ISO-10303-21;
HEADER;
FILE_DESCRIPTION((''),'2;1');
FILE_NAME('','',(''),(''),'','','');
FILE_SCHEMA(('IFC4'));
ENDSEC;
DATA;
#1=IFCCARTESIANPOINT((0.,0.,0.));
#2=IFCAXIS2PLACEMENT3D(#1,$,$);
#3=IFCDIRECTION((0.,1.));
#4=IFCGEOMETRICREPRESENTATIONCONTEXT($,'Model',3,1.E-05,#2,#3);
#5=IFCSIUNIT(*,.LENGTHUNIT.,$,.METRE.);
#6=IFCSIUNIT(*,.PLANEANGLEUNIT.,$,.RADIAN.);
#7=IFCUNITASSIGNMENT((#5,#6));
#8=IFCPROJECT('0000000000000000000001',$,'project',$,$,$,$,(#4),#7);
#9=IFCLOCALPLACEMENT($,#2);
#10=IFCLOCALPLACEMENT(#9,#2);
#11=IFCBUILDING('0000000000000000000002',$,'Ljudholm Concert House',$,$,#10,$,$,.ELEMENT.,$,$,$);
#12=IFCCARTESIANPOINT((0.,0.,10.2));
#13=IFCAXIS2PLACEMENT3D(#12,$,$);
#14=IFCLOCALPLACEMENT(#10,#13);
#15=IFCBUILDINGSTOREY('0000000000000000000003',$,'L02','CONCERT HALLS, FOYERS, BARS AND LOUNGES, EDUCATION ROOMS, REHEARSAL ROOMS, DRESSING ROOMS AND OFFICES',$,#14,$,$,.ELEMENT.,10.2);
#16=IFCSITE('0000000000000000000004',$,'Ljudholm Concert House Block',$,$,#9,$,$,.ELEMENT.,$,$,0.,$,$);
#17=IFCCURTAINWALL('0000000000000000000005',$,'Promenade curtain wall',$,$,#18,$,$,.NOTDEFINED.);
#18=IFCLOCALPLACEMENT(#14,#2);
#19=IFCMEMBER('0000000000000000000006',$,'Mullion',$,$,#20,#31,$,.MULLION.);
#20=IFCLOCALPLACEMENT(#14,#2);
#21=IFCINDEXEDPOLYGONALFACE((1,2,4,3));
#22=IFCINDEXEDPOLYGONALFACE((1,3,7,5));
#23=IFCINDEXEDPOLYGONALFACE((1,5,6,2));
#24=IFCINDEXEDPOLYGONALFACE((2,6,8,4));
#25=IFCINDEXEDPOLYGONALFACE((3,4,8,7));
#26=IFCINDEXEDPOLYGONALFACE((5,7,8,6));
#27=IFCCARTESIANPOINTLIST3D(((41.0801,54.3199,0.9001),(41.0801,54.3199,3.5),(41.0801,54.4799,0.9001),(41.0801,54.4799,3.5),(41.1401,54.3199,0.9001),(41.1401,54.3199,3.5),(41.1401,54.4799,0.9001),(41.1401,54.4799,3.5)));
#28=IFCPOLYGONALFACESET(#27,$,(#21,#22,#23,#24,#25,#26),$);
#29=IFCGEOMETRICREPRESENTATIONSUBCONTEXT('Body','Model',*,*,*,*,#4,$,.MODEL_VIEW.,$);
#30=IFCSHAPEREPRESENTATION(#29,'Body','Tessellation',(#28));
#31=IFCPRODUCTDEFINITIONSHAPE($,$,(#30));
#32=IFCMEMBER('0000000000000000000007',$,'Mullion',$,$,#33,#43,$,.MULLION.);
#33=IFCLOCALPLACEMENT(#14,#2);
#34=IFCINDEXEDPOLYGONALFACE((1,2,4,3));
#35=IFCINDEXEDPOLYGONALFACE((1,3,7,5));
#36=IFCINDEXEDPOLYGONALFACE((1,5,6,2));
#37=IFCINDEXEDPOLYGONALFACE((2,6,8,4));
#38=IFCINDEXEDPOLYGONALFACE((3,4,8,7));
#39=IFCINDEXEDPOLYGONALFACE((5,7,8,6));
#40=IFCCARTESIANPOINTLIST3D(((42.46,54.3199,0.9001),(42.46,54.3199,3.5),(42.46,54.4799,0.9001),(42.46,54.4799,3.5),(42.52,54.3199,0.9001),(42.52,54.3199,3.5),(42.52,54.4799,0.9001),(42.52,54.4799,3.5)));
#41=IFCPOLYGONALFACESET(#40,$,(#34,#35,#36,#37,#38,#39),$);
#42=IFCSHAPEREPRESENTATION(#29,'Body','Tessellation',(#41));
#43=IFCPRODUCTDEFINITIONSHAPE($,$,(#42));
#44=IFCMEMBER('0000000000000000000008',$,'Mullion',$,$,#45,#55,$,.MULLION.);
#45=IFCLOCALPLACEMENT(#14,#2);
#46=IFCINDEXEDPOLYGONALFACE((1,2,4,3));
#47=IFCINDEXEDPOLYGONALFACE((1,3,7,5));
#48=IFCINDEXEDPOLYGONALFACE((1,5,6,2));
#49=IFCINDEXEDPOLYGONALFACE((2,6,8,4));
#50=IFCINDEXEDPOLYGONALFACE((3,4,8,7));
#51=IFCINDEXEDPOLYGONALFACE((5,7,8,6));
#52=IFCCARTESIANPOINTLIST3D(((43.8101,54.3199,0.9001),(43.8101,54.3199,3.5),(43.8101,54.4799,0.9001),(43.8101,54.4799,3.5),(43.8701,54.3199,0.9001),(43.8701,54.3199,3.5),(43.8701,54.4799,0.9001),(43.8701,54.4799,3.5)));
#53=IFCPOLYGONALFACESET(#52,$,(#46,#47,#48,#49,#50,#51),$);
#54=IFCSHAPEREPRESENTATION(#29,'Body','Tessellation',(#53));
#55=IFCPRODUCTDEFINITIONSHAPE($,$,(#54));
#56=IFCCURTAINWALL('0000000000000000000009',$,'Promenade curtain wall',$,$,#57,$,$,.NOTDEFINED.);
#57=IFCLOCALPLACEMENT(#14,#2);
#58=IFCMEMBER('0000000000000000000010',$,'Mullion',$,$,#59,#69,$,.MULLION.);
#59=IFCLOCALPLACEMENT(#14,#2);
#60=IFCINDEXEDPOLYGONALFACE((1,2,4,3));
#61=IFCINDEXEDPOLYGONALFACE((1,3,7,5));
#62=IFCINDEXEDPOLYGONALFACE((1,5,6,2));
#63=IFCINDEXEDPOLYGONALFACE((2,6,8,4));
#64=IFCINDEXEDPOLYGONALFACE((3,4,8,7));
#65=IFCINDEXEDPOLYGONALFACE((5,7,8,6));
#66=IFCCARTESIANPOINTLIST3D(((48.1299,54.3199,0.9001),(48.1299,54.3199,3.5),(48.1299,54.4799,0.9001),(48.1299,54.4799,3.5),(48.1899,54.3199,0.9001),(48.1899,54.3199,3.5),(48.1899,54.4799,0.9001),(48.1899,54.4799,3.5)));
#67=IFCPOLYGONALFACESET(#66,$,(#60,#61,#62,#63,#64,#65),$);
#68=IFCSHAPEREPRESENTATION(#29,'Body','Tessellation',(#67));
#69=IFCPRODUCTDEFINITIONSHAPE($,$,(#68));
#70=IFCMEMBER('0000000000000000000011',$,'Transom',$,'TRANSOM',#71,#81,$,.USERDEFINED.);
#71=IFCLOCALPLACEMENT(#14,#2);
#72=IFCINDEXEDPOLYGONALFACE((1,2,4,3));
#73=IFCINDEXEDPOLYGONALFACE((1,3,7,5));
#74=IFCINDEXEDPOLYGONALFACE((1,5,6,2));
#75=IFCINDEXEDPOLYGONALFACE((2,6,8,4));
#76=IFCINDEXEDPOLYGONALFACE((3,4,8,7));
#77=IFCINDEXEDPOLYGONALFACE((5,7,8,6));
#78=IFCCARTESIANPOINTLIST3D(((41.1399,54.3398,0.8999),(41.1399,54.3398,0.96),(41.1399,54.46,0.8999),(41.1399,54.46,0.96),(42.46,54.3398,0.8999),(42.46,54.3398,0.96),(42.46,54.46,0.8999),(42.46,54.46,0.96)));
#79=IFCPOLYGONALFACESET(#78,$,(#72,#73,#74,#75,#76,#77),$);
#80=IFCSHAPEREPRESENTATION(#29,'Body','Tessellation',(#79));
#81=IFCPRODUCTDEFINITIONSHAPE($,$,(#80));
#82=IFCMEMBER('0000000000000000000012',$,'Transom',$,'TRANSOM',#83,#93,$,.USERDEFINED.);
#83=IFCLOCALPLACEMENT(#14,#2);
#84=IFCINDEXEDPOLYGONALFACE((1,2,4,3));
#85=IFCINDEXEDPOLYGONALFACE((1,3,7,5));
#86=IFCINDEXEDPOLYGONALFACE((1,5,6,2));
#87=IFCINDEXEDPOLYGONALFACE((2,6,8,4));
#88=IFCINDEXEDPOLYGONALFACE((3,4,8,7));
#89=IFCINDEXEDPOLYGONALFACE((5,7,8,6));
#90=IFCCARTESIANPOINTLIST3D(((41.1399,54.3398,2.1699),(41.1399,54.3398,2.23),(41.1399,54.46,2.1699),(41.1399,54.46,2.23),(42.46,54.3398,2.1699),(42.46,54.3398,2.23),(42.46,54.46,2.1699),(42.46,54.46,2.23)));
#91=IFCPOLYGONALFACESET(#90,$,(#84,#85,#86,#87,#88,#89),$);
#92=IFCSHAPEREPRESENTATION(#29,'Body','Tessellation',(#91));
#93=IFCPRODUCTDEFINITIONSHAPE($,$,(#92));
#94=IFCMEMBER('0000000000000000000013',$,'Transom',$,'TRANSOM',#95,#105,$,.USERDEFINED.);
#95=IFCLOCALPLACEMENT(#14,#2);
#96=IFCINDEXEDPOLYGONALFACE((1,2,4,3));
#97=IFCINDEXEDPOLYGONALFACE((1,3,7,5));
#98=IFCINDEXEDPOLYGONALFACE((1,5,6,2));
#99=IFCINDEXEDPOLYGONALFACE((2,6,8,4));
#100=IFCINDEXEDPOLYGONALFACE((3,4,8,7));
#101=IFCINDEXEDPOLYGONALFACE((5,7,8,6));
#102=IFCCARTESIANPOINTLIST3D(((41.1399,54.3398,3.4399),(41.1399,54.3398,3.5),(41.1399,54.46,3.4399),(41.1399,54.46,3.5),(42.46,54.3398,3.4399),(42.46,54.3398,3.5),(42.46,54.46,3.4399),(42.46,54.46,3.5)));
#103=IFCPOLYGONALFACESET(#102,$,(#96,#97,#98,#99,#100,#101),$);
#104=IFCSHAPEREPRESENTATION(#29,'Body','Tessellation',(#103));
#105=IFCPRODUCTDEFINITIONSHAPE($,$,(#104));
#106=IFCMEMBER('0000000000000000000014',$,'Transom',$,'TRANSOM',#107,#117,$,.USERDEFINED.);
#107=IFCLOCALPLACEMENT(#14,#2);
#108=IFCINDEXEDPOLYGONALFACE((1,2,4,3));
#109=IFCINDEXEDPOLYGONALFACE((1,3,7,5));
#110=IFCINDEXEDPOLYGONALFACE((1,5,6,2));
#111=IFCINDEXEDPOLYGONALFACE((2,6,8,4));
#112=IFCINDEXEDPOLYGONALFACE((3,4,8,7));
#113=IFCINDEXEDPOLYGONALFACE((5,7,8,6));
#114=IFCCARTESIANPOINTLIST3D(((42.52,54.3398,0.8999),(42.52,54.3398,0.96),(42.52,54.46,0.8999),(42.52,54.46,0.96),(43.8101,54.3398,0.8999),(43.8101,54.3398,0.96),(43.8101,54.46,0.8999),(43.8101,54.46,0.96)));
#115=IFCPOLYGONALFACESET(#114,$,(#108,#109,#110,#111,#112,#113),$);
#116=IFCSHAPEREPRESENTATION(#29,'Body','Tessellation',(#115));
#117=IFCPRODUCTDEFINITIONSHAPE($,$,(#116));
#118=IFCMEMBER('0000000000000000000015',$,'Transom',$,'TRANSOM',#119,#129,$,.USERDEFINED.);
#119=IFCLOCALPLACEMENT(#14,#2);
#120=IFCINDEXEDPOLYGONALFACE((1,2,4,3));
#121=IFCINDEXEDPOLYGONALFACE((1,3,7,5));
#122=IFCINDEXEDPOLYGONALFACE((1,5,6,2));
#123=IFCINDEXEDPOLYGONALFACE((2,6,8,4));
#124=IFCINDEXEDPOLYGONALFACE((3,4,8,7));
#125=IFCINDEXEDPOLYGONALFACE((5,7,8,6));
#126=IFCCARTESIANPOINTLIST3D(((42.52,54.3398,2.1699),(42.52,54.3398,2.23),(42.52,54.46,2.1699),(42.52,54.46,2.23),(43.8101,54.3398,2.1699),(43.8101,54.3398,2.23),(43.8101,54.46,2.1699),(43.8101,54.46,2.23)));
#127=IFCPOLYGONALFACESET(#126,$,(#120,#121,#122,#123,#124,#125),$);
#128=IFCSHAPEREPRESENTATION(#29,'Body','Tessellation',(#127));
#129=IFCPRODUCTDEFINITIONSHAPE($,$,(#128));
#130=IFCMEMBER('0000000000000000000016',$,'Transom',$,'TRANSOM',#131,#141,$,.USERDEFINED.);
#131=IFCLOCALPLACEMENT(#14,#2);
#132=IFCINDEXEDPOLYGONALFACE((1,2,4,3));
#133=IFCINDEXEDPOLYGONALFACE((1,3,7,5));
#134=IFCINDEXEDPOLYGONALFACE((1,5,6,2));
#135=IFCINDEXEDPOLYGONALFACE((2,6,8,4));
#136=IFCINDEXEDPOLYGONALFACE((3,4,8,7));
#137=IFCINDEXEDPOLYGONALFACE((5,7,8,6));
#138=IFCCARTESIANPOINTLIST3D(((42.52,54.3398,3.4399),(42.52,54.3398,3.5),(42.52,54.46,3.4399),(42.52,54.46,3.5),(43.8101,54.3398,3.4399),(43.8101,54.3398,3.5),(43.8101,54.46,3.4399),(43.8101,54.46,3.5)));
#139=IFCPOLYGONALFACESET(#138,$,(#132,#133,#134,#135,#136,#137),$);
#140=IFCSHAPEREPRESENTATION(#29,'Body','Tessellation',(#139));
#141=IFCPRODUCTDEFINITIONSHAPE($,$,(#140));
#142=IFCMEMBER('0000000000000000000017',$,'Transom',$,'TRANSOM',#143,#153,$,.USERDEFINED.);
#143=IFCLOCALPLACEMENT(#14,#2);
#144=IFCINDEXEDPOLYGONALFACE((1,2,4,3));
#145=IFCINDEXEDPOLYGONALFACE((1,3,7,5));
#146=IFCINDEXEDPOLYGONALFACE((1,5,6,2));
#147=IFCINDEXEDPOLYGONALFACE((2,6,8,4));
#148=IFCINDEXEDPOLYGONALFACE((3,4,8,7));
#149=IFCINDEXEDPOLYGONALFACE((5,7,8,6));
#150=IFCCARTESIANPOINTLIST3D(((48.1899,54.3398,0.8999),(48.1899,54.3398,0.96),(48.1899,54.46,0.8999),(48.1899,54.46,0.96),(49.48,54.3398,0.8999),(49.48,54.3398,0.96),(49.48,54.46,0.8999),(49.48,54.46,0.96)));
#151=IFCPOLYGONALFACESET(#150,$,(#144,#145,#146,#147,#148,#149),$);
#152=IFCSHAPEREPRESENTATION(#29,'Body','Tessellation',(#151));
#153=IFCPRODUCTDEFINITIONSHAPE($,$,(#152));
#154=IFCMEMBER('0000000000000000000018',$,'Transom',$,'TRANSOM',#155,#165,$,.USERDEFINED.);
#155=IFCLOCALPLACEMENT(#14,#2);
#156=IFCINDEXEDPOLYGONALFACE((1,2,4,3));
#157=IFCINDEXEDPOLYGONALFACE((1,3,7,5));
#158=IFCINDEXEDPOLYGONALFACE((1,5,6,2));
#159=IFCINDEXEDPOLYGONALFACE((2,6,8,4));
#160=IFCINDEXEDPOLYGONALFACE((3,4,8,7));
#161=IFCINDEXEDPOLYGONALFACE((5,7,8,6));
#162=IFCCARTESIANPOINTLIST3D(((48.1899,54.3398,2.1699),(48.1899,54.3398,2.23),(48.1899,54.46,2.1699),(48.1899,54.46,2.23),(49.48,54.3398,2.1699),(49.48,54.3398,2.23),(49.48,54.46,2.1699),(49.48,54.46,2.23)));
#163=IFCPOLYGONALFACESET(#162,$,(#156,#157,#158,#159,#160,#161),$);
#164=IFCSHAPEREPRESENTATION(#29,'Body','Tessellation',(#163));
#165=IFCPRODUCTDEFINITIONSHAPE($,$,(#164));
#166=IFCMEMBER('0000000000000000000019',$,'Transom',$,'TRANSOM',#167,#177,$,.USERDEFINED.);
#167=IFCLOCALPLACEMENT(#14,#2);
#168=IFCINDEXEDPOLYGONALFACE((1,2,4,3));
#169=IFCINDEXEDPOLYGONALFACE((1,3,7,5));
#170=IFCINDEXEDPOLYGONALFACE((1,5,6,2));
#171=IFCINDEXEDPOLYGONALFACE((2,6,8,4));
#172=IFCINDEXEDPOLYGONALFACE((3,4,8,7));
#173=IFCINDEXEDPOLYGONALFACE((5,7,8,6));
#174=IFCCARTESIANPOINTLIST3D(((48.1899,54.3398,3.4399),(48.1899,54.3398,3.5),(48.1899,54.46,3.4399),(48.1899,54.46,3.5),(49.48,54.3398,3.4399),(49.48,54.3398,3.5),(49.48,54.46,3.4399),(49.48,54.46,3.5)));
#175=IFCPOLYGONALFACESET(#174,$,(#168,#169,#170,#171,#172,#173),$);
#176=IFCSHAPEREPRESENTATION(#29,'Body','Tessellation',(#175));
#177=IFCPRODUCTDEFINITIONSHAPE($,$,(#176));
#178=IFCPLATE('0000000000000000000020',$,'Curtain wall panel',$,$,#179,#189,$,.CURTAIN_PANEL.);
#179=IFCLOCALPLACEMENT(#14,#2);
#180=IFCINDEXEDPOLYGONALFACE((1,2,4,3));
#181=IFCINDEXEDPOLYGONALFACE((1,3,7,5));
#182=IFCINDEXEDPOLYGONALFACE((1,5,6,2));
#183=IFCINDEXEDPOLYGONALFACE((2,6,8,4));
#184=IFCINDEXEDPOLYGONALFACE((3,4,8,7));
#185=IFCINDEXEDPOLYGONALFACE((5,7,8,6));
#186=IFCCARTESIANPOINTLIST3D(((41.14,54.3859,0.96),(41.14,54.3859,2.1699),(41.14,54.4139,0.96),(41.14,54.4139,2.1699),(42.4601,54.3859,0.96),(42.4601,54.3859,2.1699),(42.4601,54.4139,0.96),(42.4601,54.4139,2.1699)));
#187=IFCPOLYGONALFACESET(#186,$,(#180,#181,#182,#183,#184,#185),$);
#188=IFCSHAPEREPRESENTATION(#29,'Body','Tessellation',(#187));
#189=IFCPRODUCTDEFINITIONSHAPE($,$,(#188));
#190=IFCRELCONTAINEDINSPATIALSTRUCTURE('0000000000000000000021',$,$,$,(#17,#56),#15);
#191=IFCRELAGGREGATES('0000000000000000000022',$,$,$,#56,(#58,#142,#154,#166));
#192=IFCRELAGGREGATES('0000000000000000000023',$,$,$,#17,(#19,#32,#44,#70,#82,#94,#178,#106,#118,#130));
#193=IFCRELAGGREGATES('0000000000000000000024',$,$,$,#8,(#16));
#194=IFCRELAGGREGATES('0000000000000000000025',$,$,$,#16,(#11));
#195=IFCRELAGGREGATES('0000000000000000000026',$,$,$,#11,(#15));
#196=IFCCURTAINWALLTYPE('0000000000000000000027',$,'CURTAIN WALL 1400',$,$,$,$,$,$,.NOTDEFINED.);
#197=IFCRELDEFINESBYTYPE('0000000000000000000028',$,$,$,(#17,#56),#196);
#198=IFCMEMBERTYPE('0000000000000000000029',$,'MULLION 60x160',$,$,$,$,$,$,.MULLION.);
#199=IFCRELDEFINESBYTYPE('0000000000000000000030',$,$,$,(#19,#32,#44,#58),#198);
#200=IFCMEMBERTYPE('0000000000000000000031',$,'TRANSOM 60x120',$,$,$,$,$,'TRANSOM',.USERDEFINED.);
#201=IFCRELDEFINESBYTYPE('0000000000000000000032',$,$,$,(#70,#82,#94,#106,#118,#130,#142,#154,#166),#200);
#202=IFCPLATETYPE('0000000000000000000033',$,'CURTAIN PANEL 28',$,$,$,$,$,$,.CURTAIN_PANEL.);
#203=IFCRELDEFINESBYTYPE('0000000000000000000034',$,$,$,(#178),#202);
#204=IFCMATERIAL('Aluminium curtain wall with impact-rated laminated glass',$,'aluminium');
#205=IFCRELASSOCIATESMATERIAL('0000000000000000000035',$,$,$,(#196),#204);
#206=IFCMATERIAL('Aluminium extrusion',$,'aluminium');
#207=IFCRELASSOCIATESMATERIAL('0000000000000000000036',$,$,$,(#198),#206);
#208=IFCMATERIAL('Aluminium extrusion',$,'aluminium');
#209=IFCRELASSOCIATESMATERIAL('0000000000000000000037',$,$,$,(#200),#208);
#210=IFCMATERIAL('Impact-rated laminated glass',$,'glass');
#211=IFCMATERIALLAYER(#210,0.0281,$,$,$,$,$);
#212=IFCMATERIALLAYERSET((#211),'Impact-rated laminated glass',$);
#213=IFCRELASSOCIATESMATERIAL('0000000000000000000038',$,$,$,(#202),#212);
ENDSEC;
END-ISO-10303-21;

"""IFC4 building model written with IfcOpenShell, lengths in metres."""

from ifc_helpers import new_model, si_unit, direction, frame, origin, origin_2d, place, context, subcontext, project, spatial, rectangle, extrude, material, layer, layer_set, material_profile, profile_set, type_object, element, aggregate, save


model = new_model("IFC4")

# Units and contexts
model_context = context("Model", 3, precision=1e-05, world=origin(), true_north=direction((0.0, 1.0)))
body_context = subcontext(model_context, "Body", "Model", "MODEL_VIEW")
ifc_project = project(units=[si_unit("LENGTHUNIT", "METRE"), si_unit("PLANEANGLEUNIT", "RADIAN")], contexts=[model_context])

# Site, building, storey
site_placement = place(None, origin())
site = spatial("IfcSite", under=ifc_project, at=site_placement, Name="Ljudholm Concert House Block", CompositionType="ELEMENT", RefElevation=0.0)
building_placement = place(site_placement, origin())
building = spatial("IfcBuilding", under=site, at=building_placement, Name="Ljudholm Concert House", CompositionType="ELEMENT")
storey_placement = place(building_placement, frame((0.0, 0.0, 10.2)))
storey = spatial("IfcBuildingStorey", under=building, at=storey_placement, Name="L02", Description="CONCERT HALLS, FOYERS, BARS AND LOUNGES, EDUCATION ROOMS, REHEARSAL ROOMS, DRESSING ROOMS AND OFFICES", CompositionType="ELEMENT", Elevation=10.2)

# Curtain wall, members
ifc_material_1 = material(Name="Aluminium curtain wall with impact-rated laminated glass", Category="aluminium")
curtain_wall_type = type_object("IfcCurtainWallType", Name="CURTAIN WALL 1400", PredefinedType="NOTDEFINED", material=ifc_material_1)
curtain_wall_1_placement = place(storey_placement, origin())
curtain_wall_1 = element("IfcCurtainWall", 1, at=curtain_wall_1_placement, inside=storey, type_object=curtain_wall_type, Name="Promenade curtain wall", PredefinedType="NOTDEFINED")
ifc_material_2 = material(Name="Aluminium extrusion", Category="aluminium")
ifc_material_profile_1 = material_profile(ifc_material_2, rectangle(XDim=0.1599, YDim=0.0601, at=origin_2d()), Name="MULLION 60x160")
ifc_profile_set_1 = profile_set([ifc_material_profile_1], Name="Aluminium extrusion")
member_type_1 = type_object("IfcMemberType", Name="MULLION 60x160", PredefinedType="MULLION", material=ifc_profile_set_1)
member_1_placement = place(storey_placement, frame((41.1101, 54.3999, 0.9001), z_axis=(0.0, 0.0, 1.0), x_axis=(0.0, 1.0, 0.0)))
member_1 = element("IfcMember", 2, at=member_1_placement, type_object=member_type_1, Name="Mullion", PredefinedType="MULLION", context=body_context, shape_type="SweptSolid", body=[
    extrude(rectangle(XDim=0.1599, YDim=0.0601, at=origin_2d()), origin(), (0.0, 0.0, 1.0), 2.5999),
])
member_2_placement = place(storey_placement, frame((42.49, 54.3999, 0.9001), z_axis=(0.0, 0.0, 1.0), x_axis=(0.0, 1.0, 0.0)))
member_2 = element("IfcMember", 3, at=member_2_placement, type_object=member_type_1, Name="Mullion", PredefinedType="MULLION", context=body_context, shape_type="SweptSolid", body=[
    extrude(rectangle(XDim=0.1599, YDim=0.0601, at=origin_2d()), origin(), (0.0, 0.0, 1.0), 2.5999),
])
member_3_placement = place(storey_placement, frame((43.8401, 54.3999, 0.9001), z_axis=(0.0, 0.0, 1.0), x_axis=(0.0, 1.0, 0.0)))
member_3 = element("IfcMember", 4, at=member_3_placement, type_object=member_type_1, Name="Mullion", PredefinedType="MULLION", context=body_context, shape_type="SweptSolid", body=[
    extrude(rectangle(XDim=0.1599, YDim=0.0601, at=origin_2d()), origin(), (0.0, 0.0, 1.0), 2.5999),
])

# Curtain wall, member
curtain_wall_2_placement = place(storey_placement, origin())
curtain_wall_2 = element("IfcCurtainWall", 5, at=curtain_wall_2_placement, inside=storey, type_object=curtain_wall_type, Name="Promenade curtain wall", PredefinedType="NOTDEFINED")
member_4_placement = place(storey_placement, frame((48.1599, 54.3999, 0.9001), z_axis=(0.0, 0.0, 1.0), x_axis=(0.0, 1.0, 0.0)))
member_4 = element("IfcMember", 6, at=member_4_placement, type_object=member_type_1, Name="Mullion", PredefinedType="MULLION", context=body_context, shape_type="SweptSolid", body=[
    extrude(rectangle(XDim=0.1599, YDim=0.0601, at=origin_2d()), origin(), (0.0, 0.0, 1.0), 2.5999),
])

# Members
ifc_material_3 = material(Name="Aluminium extrusion", Category="aluminium")
ifc_material_profile_2 = material_profile(ifc_material_3, rectangle(XDim=0.1201, YDim=0.0601, at=origin_2d()), Name="TRANSOM 60x120")
ifc_profile_set_2 = profile_set([ifc_material_profile_2], Name="Aluminium extrusion")
member_type_2 = type_object("IfcMemberType", Name="TRANSOM 60x120", ElementType="TRANSOM", PredefinedType="USERDEFINED", material=ifc_profile_set_2)
member_5_placement = place(storey_placement, frame((41.1399, 54.3999, 0.9299), z_axis=(1.0, 0.0, 0.0), x_axis=(0.0, 1.0, 0.0)))
member_5 = element("IfcMember", 7, at=member_5_placement, type_object=member_type_2, Name="Transom", ObjectType="TRANSOM", PredefinedType="USERDEFINED", context=body_context, shape_type="SweptSolid", body=[
    extrude(rectangle(XDim=0.1201, YDim=0.0601, at=origin_2d()), origin(), (0.0, 0.0, 1.0), 1.3201),
])
member_6_placement = place(storey_placement, frame((41.1399, 54.3999, 2.2), z_axis=(1.0, 0.0, 0.0), x_axis=(0.0, 1.0, 0.0)))
member_6 = element("IfcMember", 8, at=member_6_placement, type_object=member_type_2, Name="Transom", ObjectType="TRANSOM", PredefinedType="USERDEFINED", context=body_context, shape_type="SweptSolid", body=[
    extrude(rectangle(XDim=0.1201, YDim=0.0601, at=origin_2d()), origin(), (0.0, 0.0, 1.0), 1.3201),
])
member_7_placement = place(storey_placement, frame((41.1399, 54.3999, 3.47), z_axis=(1.0, 0.0, 0.0), x_axis=(0.0, 1.0, 0.0)))
member_7 = element("IfcMember", 9, at=member_7_placement, type_object=member_type_2, Name="Transom", ObjectType="TRANSOM", PredefinedType="USERDEFINED", context=body_context, shape_type="SweptSolid", body=[
    extrude(rectangle(XDim=0.1201, YDim=0.0601, at=origin_2d()), origin(), (0.0, 0.0, 1.0), 1.3201),
])
member_8_placement = place(storey_placement, frame((42.52, 54.3999, 0.9299), z_axis=(1.0, 0.0, 0.0), x_axis=(0.0, 1.0, 0.0)))
member_8 = element("IfcMember", 10, at=member_8_placement, type_object=member_type_2, Name="Transom", ObjectType="TRANSOM", PredefinedType="USERDEFINED", context=body_context, shape_type="SweptSolid", body=[
    extrude(rectangle(XDim=0.1201, YDim=0.0601, at=origin_2d()), origin(), (0.0, 0.0, 1.0), 1.29),
])
member_9_placement = place(storey_placement, frame((42.52, 54.3999, 2.2), z_axis=(1.0, 0.0, 0.0), x_axis=(0.0, 1.0, 0.0)))
member_9 = element("IfcMember", 11, at=member_9_placement, type_object=member_type_2, Name="Transom", ObjectType="TRANSOM", PredefinedType="USERDEFINED", context=body_context, shape_type="SweptSolid", body=[
    extrude(rectangle(XDim=0.1201, YDim=0.0601, at=origin_2d()), origin(), (0.0, 0.0, 1.0), 1.29),
])
member_10_placement = place(storey_placement, frame((42.52, 54.3999, 3.47), z_axis=(1.0, 0.0, 0.0), x_axis=(0.0, 1.0, 0.0)))
member_10 = element("IfcMember", 12, at=member_10_placement, type_object=member_type_2, Name="Transom", ObjectType="TRANSOM", PredefinedType="USERDEFINED", context=body_context, shape_type="SweptSolid", body=[
    extrude(rectangle(XDim=0.1201, YDim=0.0601, at=origin_2d()), origin(), (0.0, 0.0, 1.0), 1.29),
])
member_11_placement = place(storey_placement, frame((48.1899, 54.3999, 0.9299), z_axis=(1.0, 0.0, 0.0), x_axis=(0.0, 1.0, 0.0)))
member_11 = element("IfcMember", 13, at=member_11_placement, type_object=member_type_2, Name="Transom", ObjectType="TRANSOM", PredefinedType="USERDEFINED", context=body_context, shape_type="SweptSolid", body=[
    extrude(rectangle(XDim=0.1201, YDim=0.0601, at=origin_2d()), origin(), (0.0, 0.0, 1.0), 1.29),
])
member_12_placement = place(storey_placement, frame((48.1899, 54.3999, 2.2), z_axis=(1.0, 0.0, 0.0), x_axis=(0.0, 1.0, 0.0)))
member_12 = element("IfcMember", 14, at=member_12_placement, type_object=member_type_2, Name="Transom", ObjectType="TRANSOM", PredefinedType="USERDEFINED", context=body_context, shape_type="SweptSolid", body=[
    extrude(rectangle(XDim=0.1201, YDim=0.0601, at=origin_2d()), origin(), (0.0, 0.0, 1.0), 1.29),
])
member_13_placement = place(storey_placement, frame((48.1899, 54.3999, 3.47), z_axis=(1.0, 0.0, 0.0), x_axis=(0.0, 1.0, 0.0)))
member_13 = element("IfcMember", 15, at=member_13_placement, type_object=member_type_2, Name="Transom", ObjectType="TRANSOM", PredefinedType="USERDEFINED", context=body_context, shape_type="SweptSolid", body=[
    extrude(rectangle(XDim=0.1201, YDim=0.0601, at=origin_2d()), origin(), (0.0, 0.0, 1.0), 1.29),
])
aggregate(curtain_wall_2, [member_4, member_11, member_12, member_13])

# Plate
ifc_material_4 = material(Name="Impact-rated laminated glass", Category="glass")
ifc_layer_1 = layer(ifc_material_4, 0.0281)
ifc_layer_set_1 = layer_set([ifc_layer_1], Name="Impact-rated laminated glass")
plate_type = type_object("IfcPlateType", Name="CURTAIN PANEL 28", PredefinedType="CURTAIN_PANEL", material=ifc_layer_set_1)
plate_1_placement = place(storey_placement, frame((41.8, 54.3999, 0.96), z_axis=(0.0, 0.0, 1.0), x_axis=(1.0, 0.0, 0.0)))
plate_1 = element("IfcPlate", 16, at=plate_1_placement, type_object=plate_type, Name="Curtain wall panel", PredefinedType="CURTAIN_PANEL", context=body_context, shape_type="SweptSolid", body=[
    extrude(rectangle(XDim=1.3201, YDim=0.0281, at=origin_2d()), origin(), (0.0, 0.0, 1.0), 1.21),
])
aggregate(curtain_wall_1, [member_1, member_2, member_3, member_5, member_6, member_7, plate_1, member_8, member_9, member_10])

save(model, "model.ifc")
